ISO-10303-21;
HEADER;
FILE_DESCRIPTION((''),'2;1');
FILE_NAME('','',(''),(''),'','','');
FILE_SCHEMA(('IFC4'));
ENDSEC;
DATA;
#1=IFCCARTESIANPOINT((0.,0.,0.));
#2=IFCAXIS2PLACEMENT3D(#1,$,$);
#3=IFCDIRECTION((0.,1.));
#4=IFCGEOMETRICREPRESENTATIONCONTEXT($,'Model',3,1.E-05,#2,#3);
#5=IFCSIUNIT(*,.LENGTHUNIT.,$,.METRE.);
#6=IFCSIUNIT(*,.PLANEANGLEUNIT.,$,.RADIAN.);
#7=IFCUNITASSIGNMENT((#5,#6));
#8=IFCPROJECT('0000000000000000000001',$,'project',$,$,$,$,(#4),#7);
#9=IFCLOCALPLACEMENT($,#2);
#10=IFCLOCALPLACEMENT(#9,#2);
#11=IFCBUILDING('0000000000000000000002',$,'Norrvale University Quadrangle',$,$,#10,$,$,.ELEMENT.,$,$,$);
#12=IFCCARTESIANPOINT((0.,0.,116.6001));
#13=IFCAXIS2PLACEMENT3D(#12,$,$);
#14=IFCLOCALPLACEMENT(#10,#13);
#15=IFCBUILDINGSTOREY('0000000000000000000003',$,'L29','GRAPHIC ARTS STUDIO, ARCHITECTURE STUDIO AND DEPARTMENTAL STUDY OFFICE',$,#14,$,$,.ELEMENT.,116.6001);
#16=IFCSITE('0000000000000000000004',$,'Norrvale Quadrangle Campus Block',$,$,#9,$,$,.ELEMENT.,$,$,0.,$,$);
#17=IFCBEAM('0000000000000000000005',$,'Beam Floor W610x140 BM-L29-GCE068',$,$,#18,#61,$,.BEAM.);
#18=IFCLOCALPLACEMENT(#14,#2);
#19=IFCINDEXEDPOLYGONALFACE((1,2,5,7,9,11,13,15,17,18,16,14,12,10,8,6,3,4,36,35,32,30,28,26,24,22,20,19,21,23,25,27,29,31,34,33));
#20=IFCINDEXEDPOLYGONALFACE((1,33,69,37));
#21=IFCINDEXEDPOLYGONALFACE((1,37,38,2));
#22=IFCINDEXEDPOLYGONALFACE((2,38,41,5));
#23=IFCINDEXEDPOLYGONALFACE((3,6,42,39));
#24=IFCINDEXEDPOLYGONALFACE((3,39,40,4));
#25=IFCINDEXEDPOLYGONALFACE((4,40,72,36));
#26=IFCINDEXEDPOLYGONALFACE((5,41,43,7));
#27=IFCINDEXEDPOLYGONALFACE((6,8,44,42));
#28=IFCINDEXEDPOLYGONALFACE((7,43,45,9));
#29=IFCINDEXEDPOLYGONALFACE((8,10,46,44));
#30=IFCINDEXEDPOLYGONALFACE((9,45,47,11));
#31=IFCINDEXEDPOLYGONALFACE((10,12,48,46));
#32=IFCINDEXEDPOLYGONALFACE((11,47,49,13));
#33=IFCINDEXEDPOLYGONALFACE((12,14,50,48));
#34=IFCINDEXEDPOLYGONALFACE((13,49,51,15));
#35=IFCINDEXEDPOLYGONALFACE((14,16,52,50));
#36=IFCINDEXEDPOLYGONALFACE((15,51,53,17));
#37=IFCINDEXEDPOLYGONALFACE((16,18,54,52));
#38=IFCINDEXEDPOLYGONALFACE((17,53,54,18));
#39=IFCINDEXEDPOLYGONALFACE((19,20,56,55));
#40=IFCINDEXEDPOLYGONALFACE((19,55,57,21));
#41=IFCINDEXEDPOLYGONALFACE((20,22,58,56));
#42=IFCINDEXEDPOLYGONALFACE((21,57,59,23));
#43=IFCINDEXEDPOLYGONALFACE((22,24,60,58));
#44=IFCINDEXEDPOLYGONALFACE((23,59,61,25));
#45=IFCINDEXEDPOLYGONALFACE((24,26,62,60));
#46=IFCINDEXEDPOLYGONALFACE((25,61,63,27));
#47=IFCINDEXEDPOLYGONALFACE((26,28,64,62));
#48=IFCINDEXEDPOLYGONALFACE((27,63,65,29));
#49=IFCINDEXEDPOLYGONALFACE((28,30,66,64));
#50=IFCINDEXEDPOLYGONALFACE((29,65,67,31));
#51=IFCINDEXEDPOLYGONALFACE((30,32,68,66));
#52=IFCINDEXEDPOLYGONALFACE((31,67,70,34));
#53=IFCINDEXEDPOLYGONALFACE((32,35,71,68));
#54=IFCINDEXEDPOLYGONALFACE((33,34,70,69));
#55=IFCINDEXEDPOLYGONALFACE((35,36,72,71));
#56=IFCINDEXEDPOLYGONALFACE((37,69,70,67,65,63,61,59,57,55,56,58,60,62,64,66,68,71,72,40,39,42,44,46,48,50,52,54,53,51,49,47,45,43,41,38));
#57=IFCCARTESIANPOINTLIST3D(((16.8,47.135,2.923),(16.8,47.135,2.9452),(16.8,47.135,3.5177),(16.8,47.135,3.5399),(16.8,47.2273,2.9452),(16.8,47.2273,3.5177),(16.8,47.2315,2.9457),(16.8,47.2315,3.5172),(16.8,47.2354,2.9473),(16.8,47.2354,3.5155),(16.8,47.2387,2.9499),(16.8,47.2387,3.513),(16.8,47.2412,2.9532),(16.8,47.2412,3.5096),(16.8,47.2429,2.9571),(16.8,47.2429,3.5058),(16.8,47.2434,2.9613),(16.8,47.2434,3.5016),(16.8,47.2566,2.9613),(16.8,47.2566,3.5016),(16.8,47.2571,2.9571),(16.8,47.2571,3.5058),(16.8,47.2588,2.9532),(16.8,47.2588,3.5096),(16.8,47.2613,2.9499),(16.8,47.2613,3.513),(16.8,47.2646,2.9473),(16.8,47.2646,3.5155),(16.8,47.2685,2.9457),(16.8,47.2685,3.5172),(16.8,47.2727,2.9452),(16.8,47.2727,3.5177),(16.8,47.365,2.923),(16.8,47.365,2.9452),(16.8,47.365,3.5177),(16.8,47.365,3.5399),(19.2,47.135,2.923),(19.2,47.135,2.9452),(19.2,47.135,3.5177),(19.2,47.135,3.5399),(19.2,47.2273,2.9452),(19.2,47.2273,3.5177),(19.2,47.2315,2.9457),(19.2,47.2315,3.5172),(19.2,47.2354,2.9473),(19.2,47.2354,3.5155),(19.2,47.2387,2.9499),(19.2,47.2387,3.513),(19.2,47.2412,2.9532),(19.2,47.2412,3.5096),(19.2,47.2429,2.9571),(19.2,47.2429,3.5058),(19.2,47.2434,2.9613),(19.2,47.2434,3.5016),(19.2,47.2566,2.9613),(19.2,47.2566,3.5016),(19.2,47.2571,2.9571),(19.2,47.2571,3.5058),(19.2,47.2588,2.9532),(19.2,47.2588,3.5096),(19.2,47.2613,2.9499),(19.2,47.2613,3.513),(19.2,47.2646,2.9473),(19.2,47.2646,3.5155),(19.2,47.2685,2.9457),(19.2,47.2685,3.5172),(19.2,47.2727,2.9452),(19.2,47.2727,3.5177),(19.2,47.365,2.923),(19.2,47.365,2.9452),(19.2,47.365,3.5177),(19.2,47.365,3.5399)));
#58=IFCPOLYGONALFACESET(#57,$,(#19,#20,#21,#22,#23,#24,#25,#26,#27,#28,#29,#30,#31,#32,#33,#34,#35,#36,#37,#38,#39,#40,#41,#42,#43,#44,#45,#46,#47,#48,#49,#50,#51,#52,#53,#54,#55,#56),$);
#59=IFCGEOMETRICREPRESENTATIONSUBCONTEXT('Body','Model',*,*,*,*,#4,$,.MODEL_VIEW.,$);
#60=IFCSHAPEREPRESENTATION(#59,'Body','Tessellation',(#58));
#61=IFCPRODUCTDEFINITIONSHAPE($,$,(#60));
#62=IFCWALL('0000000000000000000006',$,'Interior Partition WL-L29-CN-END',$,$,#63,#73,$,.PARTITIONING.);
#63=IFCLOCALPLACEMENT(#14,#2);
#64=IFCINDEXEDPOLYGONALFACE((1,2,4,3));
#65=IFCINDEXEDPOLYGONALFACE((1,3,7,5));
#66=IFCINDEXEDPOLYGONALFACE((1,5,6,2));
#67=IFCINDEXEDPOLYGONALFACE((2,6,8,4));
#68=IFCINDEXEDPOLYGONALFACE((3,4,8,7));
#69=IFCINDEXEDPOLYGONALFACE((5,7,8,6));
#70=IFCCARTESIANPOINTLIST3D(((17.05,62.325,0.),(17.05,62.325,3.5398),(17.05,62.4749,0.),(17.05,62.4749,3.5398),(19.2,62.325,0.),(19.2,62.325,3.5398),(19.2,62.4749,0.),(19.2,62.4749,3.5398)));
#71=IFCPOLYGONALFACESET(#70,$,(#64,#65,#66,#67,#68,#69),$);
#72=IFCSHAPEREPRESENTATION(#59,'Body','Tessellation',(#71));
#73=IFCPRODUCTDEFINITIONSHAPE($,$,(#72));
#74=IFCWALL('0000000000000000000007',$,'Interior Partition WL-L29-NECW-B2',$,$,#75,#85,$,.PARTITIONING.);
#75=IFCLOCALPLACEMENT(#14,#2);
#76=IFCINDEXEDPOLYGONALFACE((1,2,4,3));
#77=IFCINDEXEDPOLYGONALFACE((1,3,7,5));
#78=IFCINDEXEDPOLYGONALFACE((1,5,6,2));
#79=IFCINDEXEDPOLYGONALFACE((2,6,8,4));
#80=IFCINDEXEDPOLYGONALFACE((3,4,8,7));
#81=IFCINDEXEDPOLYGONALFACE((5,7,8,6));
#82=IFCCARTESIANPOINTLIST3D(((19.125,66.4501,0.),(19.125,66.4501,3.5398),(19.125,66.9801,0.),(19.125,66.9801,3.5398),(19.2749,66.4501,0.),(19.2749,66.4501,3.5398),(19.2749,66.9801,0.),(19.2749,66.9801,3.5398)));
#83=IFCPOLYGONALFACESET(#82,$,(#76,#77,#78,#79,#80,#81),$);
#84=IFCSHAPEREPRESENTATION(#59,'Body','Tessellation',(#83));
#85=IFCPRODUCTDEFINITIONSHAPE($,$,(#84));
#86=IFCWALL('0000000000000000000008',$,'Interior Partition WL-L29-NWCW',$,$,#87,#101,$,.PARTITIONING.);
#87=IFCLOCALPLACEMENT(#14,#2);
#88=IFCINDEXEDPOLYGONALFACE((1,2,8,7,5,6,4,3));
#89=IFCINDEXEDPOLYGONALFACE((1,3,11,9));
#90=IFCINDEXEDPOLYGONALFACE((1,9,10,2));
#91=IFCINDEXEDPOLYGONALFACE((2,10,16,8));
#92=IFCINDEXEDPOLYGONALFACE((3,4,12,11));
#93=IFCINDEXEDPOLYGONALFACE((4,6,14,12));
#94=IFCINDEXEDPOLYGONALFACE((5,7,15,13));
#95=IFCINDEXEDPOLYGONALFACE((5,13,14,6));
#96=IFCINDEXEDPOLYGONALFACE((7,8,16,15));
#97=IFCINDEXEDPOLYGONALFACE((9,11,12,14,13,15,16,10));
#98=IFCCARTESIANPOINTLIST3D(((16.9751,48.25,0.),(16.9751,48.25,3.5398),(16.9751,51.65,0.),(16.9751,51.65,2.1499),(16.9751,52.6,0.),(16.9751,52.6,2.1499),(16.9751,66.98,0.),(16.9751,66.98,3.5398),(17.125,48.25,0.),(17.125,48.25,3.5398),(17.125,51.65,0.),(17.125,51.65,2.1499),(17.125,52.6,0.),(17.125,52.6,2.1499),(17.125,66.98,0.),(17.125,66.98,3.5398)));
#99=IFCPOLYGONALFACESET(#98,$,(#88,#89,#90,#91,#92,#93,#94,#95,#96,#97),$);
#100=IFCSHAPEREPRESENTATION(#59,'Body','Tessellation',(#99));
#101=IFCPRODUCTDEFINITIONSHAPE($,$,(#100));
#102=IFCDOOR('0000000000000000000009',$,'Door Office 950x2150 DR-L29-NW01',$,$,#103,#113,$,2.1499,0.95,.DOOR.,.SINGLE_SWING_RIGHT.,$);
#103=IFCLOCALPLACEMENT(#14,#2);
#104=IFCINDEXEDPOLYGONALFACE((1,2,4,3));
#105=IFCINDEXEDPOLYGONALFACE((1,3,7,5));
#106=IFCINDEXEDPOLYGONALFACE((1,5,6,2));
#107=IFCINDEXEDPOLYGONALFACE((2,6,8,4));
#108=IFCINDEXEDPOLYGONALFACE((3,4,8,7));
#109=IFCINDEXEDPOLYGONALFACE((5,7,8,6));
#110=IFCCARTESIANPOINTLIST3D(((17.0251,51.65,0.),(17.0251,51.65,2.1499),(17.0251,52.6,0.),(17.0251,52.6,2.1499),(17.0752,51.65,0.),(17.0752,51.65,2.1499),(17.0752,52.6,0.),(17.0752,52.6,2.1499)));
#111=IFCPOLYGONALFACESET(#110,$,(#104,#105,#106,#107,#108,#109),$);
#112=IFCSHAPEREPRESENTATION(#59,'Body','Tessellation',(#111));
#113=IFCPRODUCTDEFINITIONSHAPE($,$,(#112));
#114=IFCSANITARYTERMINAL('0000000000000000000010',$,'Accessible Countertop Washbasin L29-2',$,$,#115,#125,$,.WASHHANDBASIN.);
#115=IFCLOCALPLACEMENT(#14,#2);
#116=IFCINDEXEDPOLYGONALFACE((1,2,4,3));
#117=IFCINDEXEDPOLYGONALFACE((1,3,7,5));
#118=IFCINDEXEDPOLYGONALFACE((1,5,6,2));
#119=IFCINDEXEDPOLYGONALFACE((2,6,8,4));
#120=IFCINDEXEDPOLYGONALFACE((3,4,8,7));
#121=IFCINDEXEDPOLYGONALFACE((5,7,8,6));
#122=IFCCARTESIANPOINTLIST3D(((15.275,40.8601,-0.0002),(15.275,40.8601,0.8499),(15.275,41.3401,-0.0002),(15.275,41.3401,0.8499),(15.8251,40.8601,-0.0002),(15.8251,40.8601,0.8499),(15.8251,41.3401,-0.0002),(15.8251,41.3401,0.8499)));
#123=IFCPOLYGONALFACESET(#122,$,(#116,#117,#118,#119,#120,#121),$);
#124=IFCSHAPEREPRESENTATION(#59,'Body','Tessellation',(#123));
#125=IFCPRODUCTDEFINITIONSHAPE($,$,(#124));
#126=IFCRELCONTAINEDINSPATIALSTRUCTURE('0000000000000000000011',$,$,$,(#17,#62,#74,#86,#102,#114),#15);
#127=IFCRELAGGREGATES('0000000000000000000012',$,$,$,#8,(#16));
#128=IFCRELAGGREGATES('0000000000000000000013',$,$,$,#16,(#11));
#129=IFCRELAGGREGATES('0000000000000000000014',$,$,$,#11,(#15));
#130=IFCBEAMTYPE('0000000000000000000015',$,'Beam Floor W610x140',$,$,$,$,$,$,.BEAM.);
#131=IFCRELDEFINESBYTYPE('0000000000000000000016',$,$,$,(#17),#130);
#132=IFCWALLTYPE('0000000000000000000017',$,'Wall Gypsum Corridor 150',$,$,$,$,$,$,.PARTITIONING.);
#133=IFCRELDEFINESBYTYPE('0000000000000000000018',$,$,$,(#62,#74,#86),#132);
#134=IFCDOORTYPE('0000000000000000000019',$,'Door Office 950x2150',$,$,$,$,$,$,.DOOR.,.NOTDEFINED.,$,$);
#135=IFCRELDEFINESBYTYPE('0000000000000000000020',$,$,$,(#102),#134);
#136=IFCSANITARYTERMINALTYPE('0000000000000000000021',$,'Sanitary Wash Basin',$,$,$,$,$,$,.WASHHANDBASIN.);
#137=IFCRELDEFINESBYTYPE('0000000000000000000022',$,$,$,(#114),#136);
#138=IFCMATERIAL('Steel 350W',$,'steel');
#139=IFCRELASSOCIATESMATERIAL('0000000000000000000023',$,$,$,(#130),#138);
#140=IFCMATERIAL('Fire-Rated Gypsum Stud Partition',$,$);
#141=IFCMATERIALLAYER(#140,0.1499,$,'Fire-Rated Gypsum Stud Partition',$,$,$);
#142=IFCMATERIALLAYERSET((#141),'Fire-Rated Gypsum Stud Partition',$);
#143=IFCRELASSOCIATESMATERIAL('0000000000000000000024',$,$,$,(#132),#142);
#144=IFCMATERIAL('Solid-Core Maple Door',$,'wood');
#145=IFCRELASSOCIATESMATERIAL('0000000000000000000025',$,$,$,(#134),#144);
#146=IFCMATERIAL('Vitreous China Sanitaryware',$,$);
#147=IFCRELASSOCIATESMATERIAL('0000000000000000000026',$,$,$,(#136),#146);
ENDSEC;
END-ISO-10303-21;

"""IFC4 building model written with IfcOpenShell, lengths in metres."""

from ifc_helpers import new_model, si_unit, direction, frame, frame_2d, origin, origin_2d, place, context, subcontext, project, spatial, rectangle, i_section, extrude, material, layer, layer_set, material_profile, profile_set, type_object, element, fill, save


model = new_model("IFC4")

# Units and contexts
model_context = context("Model", 3, precision=1e-05, world=origin(), true_north=direction((0.0, 1.0)))
body_context = subcontext(model_context, "Body", "Model", "MODEL_VIEW")
ifc_project = project(units=[si_unit("LENGTHUNIT", "METRE"), si_unit("PLANEANGLEUNIT", "RADIAN")], contexts=[model_context])

# Site, building, storey
site_placement = place(None, origin())
site = spatial("IfcSite", under=ifc_project, at=site_placement, Name="Norrvale Quadrangle Campus Block", CompositionType="ELEMENT", RefElevation=0.0)
building_placement = place(site_placement, origin())
building = spatial("IfcBuilding", under=site, at=building_placement, Name="Norrvale University Quadrangle", CompositionType="ELEMENT")
storey_placement = place(building_placement, frame((0.0, 0.0, 116.6001)))
storey = spatial("IfcBuildingStorey", under=building, at=storey_placement, Name="L29", Description="GRAPHIC ARTS STUDIO, ARCHITECTURE STUDIO AND DEPARTMENTAL STUDY OFFICE", CompositionType="ELEMENT", Elevation=116.6001)

# Beam
ifc_material_1 = material(Name="Steel 350W", Category="steel")
ifc_material_profile_1 = material_profile(ifc_material_1, i_section(OverallWidth=0.23, OverallDepth=0.6169, WebThickness=0.0132, FlangeThickness=0.0222, FilletRadius=0.0161, at=origin_2d()), Name="Steel 350W")
ifc_profile_set_1 = profile_set([ifc_material_profile_1], Name="Steel 350W")
beam_type_1 = type_object("IfcBeamType", Name="Beam Floor W610x140", PredefinedType="BEAM", material=ifc_profile_set_1)
beam_1_placement = place(storey_placement, frame((16.8, 47.25, 3.2314), z_axis=(1.0, 0.0, 0.0), x_axis=(0.0, 1.0, 0.0)))
element("IfcBeam", 1, at=beam_1_placement, inside=storey, type_object=beam_type_1, Name="Beam Floor W610x140 BM-L29-GCE068", PredefinedType="BEAM", context=body_context, shape_type="SweptSolid", body=[
    extrude(i_section(OverallWidth=0.23, OverallDepth=0.6169, WebThickness=0.0132, FlangeThickness=0.0222, FilletRadius=0.0161, at=origin_2d()), origin(), (0.0, 0.0, 1.0), 2.3999),
])

# Walls
ifc_material_2 = material(Name="Fire-Rated Gypsum Stud Partition")
ifc_layer = layer(ifc_material_2, 0.1499, Name="Fire-Rated Gypsum Stud Partition")
ifc_layer_set = layer_set([ifc_layer], Name="Fire-Rated Gypsum Stud Partition")
wall_type = type_object("IfcWallType", Name="Wall Gypsum Corridor 150", PredefinedType="PARTITIONING", material=ifc_layer_set)
wall_1_placement = place(storey_placement, frame((17.05, 62.3999, 0.0), z_axis=(0.0, 0.0, 1.0), x_axis=(1.0, 0.0, 0.0)))
element("IfcWall", 2, at=wall_1_placement, inside=storey, type_object=wall_type, Name="Interior Partition WL-L29-CN-END", PredefinedType="PARTITIONING", context=body_context, shape_type="SweptSolid", body=[
    extrude(rectangle(XDim=2.1499, YDim=0.1499, at=frame_2d((1.075, 0.0))), origin(), (0.0, 0.0, 1.0), 3.5398),
])
wall_2_placement = place(storey_placement, frame((19.2, 66.45, 0.0), z_axis=(0.0, 0.0, 1.0), x_axis=(0.0, 1.0, 0.0)))
element("IfcWall", 3, at=wall_2_placement, inside=storey, type_object=wall_type, Name="Interior Partition WL-L29-NECW-B2", PredefinedType="PARTITIONING", context=body_context, shape_type="SweptSolid", body=[
    extrude(rectangle(XDim=0.53, YDim=0.1499, at=frame_2d((0.2651, 0.0))), origin(), (0.0, 0.0, 1.0), 3.5398),
])

# Wall, opening, door
wall_3_placement = place(storey_placement, frame((17.05, 48.25, 0.0), z_axis=(0.0, 0.0, 1.0), x_axis=(0.0, 1.0, 0.0)))
wall_3 = element("IfcWall", 4, at=wall_3_placement, inside=storey, type_object=wall_type, Name="Interior Partition WL-L29-NWCW", PredefinedType="PARTITIONING", context=body_context, shape_type="SweptSolid", body=[
    extrude(rectangle(XDim=18.73, YDim=0.1499, at=frame_2d((9.365, 0.0))), origin(), (0.0, 0.0, 1.0), 3.5398),
])
opening_placement = place(wall_3_placement, frame((3.3999, 0.0, 0.0)))
opening = element("IfcOpeningElement", 5, at=opening_placement, cuts=wall_3, PredefinedType="OPENING", context=body_context, shape_type="SweptSolid", body=[
    extrude(rectangle(XDim=0.95, YDim=2.1499, at=frame_2d((0.4751, 1.075))), frame((0.0, 0.0869, 0.0), z_axis=(0.0, -1.0, 0.0), x_axis=(1.0, 0.0, 0.0)), (0.0, 0.0, 1.0), 0.1738),
])
ifc_material_3 = material(Name="Solid-Core Maple Door", Category="wood")
door_type = type_object("IfcDoorType", Name="Door Office 950x2150", OperationType="NOTDEFINED", PredefinedType="DOOR", material=ifc_material_3)
door_placement = place(opening_placement, origin())
door = element("IfcDoor", 6, at=door_placement, inside=storey, type_object=door_type, Name="Door Office 950x2150 DR-L29-NW01", OperationType="SINGLE_SWING_RIGHT", OverallHeight=2.1499, OverallWidth=0.95, PredefinedType="DOOR", context=body_context, shape_type="SweptSolid", body=[
    extrude(rectangle(XDim=0.95, YDim=2.1499, at=frame_2d((0.4751, 1.075))), frame((0.0, 0.0249, 0.0), z_axis=(0.0, -1.0, 0.0), x_axis=(1.0, 0.0, 0.0)), (0.0, 0.0, 1.0), 0.05),
])
fill(opening, door)

# Sanitary terminal
ifc_material_4 = material(Name="Vitreous China Sanitaryware")
sanitary_terminal_type = type_object("IfcSanitaryTerminalType", Name="Sanitary Wash Basin", PredefinedType="WASHHANDBASIN", material=ifc_material_4)
sanitary_terminal_placement = place(storey_placement, frame((15.55, 41.1001, -0.0002), z_axis=(0.0, 0.0, 1.0), x_axis=(1.0, 0.0, 0.0)))
element("IfcSanitaryTerminal", 7, at=sanitary_terminal_placement, inside=storey, type_object=sanitary_terminal_type, Name="Accessible Countertop Washbasin L29-2", PredefinedType="WASHHANDBASIN", context=body_context, shape_type="SweptSolid", body=[
    extrude(rectangle(XDim=0.55, YDim=0.48, at=origin_2d()), origin(), (0.0, 0.0, 1.0), 0.8501),
])

save(model, "model.ifc")
